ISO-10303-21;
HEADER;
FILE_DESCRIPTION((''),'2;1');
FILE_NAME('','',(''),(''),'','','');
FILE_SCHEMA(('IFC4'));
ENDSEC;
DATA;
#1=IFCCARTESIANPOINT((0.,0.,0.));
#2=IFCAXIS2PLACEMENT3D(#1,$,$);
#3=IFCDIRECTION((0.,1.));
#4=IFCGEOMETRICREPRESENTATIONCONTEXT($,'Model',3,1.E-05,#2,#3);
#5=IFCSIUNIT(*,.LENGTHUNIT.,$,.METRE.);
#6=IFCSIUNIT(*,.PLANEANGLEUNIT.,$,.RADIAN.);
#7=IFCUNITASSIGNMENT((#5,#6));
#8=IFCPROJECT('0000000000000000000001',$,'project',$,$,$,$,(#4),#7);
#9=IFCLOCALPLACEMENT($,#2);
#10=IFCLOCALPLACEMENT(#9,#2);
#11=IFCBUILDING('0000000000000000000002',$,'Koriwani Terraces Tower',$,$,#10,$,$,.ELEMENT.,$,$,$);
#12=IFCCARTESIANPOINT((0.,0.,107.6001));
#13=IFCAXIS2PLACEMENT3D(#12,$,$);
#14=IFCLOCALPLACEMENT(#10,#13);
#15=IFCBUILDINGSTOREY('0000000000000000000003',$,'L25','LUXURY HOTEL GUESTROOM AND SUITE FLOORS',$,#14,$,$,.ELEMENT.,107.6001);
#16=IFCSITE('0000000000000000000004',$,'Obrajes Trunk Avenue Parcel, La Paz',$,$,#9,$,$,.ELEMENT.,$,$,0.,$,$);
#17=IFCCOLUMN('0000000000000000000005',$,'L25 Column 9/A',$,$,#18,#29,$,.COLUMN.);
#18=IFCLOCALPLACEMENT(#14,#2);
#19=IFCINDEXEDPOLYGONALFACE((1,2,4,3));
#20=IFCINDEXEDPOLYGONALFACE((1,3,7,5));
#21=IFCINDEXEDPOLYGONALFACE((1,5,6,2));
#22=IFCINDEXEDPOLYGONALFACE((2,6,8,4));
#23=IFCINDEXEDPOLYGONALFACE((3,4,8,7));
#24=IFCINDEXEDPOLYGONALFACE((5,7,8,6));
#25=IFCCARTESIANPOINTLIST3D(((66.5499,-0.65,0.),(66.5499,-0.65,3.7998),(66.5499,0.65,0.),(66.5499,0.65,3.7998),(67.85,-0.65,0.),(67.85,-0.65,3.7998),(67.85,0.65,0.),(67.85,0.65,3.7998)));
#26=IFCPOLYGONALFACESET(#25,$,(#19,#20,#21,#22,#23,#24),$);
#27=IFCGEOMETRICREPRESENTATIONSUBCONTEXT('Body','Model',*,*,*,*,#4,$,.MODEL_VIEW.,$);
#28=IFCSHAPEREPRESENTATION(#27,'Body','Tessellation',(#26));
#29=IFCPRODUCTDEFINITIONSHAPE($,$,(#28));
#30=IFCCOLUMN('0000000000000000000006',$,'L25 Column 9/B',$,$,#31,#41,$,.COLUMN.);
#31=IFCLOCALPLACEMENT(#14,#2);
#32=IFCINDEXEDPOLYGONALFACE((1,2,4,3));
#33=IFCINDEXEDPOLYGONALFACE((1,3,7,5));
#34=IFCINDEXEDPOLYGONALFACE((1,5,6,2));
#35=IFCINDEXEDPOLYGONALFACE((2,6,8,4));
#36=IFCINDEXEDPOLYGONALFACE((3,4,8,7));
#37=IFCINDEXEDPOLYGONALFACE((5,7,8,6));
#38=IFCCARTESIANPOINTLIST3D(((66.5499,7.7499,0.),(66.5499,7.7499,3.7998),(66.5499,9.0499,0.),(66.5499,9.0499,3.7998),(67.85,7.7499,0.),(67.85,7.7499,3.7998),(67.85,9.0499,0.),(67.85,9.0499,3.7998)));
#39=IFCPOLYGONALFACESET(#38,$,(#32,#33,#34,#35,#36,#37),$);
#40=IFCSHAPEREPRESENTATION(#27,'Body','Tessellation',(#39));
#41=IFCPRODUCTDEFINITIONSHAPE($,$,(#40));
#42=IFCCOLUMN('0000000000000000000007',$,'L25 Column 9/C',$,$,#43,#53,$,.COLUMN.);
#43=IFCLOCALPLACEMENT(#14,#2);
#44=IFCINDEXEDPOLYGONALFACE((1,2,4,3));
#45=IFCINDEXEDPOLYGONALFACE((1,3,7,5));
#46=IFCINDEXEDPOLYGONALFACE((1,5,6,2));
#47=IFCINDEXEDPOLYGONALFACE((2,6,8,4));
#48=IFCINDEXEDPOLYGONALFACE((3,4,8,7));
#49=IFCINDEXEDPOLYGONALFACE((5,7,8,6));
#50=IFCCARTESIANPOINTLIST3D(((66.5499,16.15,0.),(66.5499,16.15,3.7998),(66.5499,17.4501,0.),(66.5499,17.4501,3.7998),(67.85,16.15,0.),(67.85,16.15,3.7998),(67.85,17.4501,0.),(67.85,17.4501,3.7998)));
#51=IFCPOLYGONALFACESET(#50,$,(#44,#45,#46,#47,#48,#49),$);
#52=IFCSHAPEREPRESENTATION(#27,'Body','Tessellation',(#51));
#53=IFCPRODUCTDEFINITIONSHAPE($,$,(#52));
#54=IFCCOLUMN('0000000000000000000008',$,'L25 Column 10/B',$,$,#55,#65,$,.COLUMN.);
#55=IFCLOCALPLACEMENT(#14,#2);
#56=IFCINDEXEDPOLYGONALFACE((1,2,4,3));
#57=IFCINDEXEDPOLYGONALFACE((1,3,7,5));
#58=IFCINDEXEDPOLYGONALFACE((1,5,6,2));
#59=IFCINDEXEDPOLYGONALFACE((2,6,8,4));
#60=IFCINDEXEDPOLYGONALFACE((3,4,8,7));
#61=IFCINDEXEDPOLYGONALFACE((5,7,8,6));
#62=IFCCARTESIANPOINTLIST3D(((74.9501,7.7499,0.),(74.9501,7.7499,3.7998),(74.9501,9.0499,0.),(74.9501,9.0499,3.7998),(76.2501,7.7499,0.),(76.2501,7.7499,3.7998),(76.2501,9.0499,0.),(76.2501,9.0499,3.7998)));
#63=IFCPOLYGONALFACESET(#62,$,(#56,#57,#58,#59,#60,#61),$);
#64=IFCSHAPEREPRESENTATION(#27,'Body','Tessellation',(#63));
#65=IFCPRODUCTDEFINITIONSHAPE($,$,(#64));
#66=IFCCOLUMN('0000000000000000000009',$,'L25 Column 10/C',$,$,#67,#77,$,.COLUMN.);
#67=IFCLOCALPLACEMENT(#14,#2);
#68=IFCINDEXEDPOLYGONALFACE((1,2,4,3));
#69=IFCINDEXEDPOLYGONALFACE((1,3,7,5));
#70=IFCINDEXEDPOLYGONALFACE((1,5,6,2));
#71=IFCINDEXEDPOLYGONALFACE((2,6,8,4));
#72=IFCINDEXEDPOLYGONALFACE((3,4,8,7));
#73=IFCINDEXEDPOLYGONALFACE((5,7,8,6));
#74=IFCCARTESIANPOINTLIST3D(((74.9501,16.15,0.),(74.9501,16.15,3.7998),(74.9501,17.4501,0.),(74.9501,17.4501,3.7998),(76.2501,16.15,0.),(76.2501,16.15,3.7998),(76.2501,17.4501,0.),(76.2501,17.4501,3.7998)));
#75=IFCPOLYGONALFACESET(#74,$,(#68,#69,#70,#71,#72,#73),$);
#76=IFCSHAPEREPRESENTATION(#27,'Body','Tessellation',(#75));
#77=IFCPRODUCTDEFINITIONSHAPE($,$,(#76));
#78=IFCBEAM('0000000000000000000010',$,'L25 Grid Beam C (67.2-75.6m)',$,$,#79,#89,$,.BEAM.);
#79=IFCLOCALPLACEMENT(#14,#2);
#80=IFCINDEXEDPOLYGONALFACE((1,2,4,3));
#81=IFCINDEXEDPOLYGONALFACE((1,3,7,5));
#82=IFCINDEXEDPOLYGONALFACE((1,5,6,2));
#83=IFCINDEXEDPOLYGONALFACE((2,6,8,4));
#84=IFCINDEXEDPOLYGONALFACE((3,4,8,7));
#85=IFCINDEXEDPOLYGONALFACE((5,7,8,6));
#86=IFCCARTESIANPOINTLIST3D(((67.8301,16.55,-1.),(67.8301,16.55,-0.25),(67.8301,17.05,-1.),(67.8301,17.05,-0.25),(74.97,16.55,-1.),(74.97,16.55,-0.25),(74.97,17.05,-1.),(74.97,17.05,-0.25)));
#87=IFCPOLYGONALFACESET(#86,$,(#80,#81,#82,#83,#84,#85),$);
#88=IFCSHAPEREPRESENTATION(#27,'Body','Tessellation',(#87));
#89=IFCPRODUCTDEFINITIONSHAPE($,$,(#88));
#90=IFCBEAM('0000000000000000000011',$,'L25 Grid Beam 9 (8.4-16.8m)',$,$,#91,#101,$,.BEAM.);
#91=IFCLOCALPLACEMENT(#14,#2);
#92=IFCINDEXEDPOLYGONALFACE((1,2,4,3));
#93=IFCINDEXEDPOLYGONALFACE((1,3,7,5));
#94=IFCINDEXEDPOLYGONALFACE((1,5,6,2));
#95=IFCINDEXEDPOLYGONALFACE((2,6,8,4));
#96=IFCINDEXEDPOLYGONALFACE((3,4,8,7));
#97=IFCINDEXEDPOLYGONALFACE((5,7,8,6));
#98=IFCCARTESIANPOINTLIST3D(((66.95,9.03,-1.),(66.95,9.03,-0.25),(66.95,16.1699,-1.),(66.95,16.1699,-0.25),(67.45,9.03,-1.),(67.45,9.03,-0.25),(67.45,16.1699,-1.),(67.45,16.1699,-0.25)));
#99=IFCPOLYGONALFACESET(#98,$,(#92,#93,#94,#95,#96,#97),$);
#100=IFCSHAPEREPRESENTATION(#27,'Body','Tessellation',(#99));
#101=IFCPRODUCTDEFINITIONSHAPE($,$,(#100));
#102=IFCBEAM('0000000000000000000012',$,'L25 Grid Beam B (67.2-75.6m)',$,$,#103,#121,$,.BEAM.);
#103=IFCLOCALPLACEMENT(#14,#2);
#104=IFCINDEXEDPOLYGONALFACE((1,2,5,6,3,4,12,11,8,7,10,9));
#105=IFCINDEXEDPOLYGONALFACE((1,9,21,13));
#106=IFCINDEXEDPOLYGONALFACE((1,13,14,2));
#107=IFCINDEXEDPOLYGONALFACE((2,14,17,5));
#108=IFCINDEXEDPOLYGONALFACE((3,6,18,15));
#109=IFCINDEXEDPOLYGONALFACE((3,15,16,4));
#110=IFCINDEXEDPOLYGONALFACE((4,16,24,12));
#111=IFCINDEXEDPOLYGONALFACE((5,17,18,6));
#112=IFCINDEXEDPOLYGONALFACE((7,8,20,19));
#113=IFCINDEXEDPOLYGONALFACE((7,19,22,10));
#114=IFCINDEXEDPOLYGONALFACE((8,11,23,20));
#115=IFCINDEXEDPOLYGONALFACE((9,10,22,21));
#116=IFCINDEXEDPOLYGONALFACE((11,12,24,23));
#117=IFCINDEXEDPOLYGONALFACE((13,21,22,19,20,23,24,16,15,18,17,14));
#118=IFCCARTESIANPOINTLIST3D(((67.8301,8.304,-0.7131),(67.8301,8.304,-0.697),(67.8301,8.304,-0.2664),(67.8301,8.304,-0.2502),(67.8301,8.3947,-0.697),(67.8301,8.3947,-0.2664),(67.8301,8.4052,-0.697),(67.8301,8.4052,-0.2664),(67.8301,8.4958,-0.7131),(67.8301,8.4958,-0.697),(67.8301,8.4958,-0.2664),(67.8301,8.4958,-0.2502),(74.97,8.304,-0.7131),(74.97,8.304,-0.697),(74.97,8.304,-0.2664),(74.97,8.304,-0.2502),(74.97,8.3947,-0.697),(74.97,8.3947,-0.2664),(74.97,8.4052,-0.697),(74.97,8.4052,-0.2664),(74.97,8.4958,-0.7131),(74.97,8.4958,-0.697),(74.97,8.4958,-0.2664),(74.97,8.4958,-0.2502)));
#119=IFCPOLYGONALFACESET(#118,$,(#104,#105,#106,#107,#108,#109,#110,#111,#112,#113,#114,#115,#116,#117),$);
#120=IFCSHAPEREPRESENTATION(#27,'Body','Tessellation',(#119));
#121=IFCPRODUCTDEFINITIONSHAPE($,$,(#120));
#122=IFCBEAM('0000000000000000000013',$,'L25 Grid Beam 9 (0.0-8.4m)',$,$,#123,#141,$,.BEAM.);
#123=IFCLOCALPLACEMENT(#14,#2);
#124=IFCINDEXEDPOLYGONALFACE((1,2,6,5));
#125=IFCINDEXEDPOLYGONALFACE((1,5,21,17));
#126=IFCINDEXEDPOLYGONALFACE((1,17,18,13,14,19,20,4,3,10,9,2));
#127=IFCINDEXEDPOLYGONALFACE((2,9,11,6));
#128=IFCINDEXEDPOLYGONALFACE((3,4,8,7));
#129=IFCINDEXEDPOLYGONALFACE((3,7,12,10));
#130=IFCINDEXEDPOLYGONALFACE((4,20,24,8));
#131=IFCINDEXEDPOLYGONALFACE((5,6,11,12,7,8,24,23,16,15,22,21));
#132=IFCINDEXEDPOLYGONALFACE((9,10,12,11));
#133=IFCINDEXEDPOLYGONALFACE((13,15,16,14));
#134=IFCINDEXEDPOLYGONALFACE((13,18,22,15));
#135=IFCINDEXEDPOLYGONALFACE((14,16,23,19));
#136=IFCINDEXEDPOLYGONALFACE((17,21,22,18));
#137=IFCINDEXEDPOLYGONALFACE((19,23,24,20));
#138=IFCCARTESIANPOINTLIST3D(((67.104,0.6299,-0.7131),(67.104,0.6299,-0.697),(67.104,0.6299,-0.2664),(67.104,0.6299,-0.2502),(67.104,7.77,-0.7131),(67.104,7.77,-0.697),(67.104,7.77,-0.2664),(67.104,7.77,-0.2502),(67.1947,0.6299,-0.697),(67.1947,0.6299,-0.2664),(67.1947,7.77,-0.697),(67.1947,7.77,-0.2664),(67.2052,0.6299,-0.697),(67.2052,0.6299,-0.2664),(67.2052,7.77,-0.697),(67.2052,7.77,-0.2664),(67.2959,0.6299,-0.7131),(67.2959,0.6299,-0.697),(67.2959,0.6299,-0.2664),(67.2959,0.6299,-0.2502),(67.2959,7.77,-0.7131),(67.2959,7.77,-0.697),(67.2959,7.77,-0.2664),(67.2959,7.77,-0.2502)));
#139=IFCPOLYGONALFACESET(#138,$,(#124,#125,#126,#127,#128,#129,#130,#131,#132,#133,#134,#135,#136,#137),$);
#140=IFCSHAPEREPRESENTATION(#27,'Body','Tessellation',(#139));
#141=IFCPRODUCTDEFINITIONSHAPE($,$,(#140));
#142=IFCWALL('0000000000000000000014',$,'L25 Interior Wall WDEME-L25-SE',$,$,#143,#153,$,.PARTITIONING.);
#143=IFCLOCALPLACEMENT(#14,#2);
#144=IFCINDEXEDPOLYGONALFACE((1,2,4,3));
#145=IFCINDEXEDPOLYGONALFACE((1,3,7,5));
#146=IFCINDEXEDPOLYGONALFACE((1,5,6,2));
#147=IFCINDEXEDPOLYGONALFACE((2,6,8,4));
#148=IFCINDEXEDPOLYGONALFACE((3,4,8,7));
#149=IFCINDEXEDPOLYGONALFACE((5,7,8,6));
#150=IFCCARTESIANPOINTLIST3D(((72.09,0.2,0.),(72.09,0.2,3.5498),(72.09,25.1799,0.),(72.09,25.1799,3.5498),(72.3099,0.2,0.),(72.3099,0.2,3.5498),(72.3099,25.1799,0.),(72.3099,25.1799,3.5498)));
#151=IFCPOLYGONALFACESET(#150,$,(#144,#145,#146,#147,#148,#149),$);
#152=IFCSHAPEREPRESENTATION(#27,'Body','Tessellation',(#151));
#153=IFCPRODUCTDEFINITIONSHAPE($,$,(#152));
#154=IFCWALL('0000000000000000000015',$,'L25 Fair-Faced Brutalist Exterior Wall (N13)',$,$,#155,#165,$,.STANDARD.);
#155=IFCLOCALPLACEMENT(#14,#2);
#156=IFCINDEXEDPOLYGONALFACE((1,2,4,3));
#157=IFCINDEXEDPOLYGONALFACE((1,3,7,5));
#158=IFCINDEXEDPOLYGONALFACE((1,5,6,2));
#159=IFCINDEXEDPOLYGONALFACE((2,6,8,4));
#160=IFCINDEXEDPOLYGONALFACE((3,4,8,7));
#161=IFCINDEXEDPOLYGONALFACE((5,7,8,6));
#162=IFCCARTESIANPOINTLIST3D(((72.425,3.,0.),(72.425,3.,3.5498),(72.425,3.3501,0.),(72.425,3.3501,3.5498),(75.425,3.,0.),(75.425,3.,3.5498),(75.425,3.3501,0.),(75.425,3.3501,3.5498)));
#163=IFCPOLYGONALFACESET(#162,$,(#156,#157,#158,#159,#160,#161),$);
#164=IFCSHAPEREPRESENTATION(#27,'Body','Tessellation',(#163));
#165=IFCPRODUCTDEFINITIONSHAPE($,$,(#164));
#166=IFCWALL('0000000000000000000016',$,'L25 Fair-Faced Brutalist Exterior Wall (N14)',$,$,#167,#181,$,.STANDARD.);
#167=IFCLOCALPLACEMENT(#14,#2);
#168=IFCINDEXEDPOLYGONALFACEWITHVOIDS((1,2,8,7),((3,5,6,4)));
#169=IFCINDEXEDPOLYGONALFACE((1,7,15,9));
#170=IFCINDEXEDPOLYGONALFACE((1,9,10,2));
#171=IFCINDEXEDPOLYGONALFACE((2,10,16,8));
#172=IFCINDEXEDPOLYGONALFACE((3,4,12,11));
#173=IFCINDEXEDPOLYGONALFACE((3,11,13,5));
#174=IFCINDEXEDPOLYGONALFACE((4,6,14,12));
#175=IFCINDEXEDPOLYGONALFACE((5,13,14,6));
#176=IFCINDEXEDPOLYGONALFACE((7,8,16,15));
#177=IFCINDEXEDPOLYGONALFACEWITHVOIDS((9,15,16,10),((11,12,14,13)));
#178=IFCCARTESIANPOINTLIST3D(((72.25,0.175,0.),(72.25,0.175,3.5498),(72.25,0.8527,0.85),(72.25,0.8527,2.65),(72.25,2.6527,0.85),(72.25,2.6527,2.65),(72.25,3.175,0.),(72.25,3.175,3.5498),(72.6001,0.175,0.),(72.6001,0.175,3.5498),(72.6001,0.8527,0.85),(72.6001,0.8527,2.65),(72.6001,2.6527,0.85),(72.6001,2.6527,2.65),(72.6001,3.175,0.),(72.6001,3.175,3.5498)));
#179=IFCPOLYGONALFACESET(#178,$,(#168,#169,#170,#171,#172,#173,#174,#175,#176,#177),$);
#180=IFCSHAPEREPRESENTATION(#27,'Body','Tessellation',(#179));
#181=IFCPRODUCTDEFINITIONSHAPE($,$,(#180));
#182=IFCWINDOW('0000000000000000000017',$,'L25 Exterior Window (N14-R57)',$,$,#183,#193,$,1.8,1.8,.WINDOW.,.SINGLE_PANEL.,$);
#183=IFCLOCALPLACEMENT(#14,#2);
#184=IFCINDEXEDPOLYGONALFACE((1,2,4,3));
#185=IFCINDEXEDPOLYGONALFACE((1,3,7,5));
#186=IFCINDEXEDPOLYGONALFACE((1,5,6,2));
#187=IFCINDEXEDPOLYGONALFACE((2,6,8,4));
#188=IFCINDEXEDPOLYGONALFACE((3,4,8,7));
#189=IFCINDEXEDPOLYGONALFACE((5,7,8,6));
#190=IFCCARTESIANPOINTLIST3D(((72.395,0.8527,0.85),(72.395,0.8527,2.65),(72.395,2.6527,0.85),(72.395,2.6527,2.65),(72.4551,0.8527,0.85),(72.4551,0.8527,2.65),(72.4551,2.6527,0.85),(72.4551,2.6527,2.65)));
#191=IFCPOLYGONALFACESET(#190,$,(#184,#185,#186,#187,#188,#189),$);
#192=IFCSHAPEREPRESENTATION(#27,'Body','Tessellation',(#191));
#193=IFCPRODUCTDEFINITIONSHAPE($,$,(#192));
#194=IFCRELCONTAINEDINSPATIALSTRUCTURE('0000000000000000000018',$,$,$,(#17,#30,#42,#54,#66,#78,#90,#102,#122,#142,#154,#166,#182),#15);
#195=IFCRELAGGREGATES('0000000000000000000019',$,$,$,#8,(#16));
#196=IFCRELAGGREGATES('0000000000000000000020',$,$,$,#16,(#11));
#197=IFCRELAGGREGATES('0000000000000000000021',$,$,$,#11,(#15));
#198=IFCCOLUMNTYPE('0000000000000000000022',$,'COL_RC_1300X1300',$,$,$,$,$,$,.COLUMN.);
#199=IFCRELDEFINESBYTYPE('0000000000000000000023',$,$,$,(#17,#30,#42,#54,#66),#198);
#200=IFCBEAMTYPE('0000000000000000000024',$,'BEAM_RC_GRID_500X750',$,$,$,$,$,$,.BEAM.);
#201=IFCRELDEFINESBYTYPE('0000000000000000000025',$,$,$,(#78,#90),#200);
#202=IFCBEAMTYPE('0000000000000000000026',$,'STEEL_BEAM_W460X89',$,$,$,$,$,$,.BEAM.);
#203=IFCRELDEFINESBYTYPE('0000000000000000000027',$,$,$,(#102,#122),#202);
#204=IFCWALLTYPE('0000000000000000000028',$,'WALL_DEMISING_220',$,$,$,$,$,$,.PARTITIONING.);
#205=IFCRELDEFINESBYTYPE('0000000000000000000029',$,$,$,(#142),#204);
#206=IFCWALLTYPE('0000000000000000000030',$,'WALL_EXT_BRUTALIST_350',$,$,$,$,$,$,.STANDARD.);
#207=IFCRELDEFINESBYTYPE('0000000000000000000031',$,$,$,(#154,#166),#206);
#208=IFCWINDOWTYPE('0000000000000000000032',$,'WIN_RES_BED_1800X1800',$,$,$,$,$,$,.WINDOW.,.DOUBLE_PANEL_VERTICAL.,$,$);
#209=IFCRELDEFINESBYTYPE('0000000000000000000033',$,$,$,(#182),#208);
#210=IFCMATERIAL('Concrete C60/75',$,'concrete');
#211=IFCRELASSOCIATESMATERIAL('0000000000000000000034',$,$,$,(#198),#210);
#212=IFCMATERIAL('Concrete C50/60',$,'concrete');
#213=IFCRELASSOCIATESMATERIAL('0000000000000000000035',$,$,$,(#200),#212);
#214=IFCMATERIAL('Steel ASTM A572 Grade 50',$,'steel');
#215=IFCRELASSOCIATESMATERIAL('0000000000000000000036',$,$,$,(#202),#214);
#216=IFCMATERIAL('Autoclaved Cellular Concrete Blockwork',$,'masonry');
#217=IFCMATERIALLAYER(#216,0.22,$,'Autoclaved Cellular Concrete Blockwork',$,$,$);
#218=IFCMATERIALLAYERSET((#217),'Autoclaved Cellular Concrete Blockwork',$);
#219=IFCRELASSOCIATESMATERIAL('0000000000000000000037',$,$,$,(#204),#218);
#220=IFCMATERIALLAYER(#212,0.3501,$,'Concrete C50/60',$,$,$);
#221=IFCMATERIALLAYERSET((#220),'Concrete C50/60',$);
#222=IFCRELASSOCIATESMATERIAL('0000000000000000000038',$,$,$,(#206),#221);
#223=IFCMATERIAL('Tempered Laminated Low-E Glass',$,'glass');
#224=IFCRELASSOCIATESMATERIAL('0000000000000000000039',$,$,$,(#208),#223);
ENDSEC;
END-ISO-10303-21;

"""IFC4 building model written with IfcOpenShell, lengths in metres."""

from ifc_helpers import new_model, si_unit, direction, frame, frame_2d, origin, origin_2d, place, context, subcontext, project, spatial, rectangle, i_section, extrude, material, layer, layer_set, material_profile, profile_set, type_object, element, fill, save


model = new_model("IFC4")

# Units and contexts
model_context = context("Model", 3, precision=1e-05, world=origin(), true_north=direction((0.0, 1.0)))
body_context = subcontext(model_context, "Body", "Model", "MODEL_VIEW")
ifc_project = project(units=[si_unit("LENGTHUNIT", "METRE"), si_unit("PLANEANGLEUNIT", "RADIAN")], contexts=[model_context])

# Site, building, storey
site_placement = place(None, origin())
site = spatial("IfcSite", under=ifc_project, at=site_placement, Name="Obrajes Trunk Avenue Parcel, La Paz", CompositionType="ELEMENT", RefElevation=0.0)
building_placement = place(site_placement, origin())
building = spatial("IfcBuilding", under=site, at=building_placement, Name="Koriwani Terraces Tower", CompositionType="ELEMENT")
storey_placement = place(building_placement, frame((0.0, 0.0, 107.6001)))
storey = spatial("IfcBuildingStorey", under=building, at=storey_placement, Name="L25", Description="LUXURY HOTEL GUESTROOM AND SUITE FLOORS", CompositionType="ELEMENT", Elevation=107.6001)

# Columns
ifc_material_1 = material(Name="Concrete C60/75", Category="concrete")
ifc_material_profile_1 = material_profile(ifc_material_1, rectangle(XDim=1.3, YDim=1.3, at=origin_2d()), Name="Concrete C60/75", Category="LoadBearing")
ifc_profile_set_1 = profile_set([ifc_material_profile_1], Name="Concrete C60/75")
column_type = type_object("IfcColumnType", Name="COL_RC_1300X1300", PredefinedType="COLUMN", material=ifc_profile_set_1)
for number, where, z_axis, x_axis, name in (
    (1, (67.2, 0.0, 0.0), (0.0, 0.0, 1.0), (1.0, 0.0, 0.0), "L25 Column 9/A"),
    (2, (67.2, 8.3999, 0.0), (0.0, 0.0, 1.0), (1.0, 0.0, 0.0), "L25 Column 9/B"),
    (3, (67.2, 16.8, 0.0), (0.0, 0.0, 1.0), (1.0, 0.0, 0.0), "L25 Column 9/C"),
    (4, (75.6001, 8.3999, 0.0), (0.0, 0.0, 1.0), (1.0, 0.0, 0.0), "L25 Column 10/B"),
    (5, (75.6001, 16.8, 0.0), (0.0, 0.0, 1.0), (1.0, 0.0, 0.0), "L25 Column 10/C"),
):
    element("IfcColumn", number, at=place(storey_placement, frame(where, z_axis=z_axis, x_axis=x_axis)), inside=storey, type_object=column_type, Name=name, PredefinedType="COLUMN", context=body_context, shape_type="SweptSolid", body=[
        extrude(rectangle(XDim=1.3, YDim=1.3, at=origin_2d()), origin(), (0.0, 0.0, 1.0), 3.7998),
    ])

# Beams
ifc_material_2 = material(Name="Concrete C50/60", Category="concrete")
ifc_material_profile_2 = material_profile(ifc_material_2, rectangle(XDim=0.5, YDim=0.75, at=origin_2d()), Name="Concrete C50/60", Category="LoadBearing")
ifc_profile_set_2 = profile_set([ifc_material_profile_2], Name="Concrete C50/60")
beam_type_1 = type_object("IfcBeamType", Name="BEAM_RC_GRID_500X750", PredefinedType="BEAM", material=ifc_profile_set_2)
for number, where, z_axis, x_axis, name in (
    (6, (67.8301, 16.8, -0.625), (1.0, 0.0, 0.0), (0.0, 1.0, 0.0), "L25 Grid Beam C (67.2-75.6m)"),
    (7, (67.2, 9.03, -0.625), (0.0, 1.0, 0.0), (-1.0, 0.0, 0.0), "L25 Grid Beam 9 (8.4-16.8m)"),
):
    element("IfcBeam", number, at=place(storey_placement, frame(where, z_axis=z_axis, x_axis=x_axis)), inside=storey, type_object=beam_type_1, Name=name, PredefinedType="BEAM", context=body_context, shape_type="SweptSolid", body=[
        extrude(rectangle(XDim=0.5, YDim=0.75, at=origin_2d()), origin(), (0.0, 0.0, 1.0), 7.1399),
    ])
ifc_material_3 = material(Name="Steel ASTM A572 Grade 50", Category="steel")
ifc_material_profile_3 = material_profile(ifc_material_3, i_section(OverallWidth=0.1919, OverallDepth=0.4629, WebThickness=0.0105, FlangeThickness=0.0161, at=origin_2d()), Name="Steel ASTM A572 Grade 50", Category="LoadBearing")
ifc_profile_set_3 = profile_set([ifc_material_profile_3], Name="Steel ASTM A572 Grade 50")
beam_type_2 = type_object("IfcBeamType", Name="STEEL_BEAM_W460X89", PredefinedType="BEAM", material=ifc_profile_set_3)
beam_1_placement = place(storey_placement, frame((67.8301, 8.3999, -0.4817), z_axis=(1.0, 0.0, 0.0), x_axis=(0.0, 1.0, 0.0)))
element("IfcBeam", 8, at=beam_1_placement, inside=storey, type_object=beam_type_2, Name="L25 Grid Beam B (67.2-75.6m)", PredefinedType="BEAM", context=body_context, shape_type="SweptSolid", body=[
    extrude(i_section(OverallWidth=0.1919, OverallDepth=0.4629, WebThickness=0.0105, FlangeThickness=0.0161, at=origin_2d()), origin(), (0.0, 0.0, 1.0), 7.1399),
])
beam_2_placement = place(storey_placement, frame((67.2, 0.6299, -0.4817), z_axis=(0.0, 1.0, 0.0), x_axis=(-1.0, 0.0, 0.0)))
element("IfcBeam", 9, at=beam_2_placement, inside=storey, type_object=beam_type_2, Name="L25 Grid Beam 9 (0.0-8.4m)", PredefinedType="BEAM", context=body_context, shape_type="SweptSolid", body=[
    extrude(i_section(OverallWidth=0.1919, OverallDepth=0.4629, WebThickness=0.0105, FlangeThickness=0.0161, at=origin_2d()), origin(), (0.0, 0.0, 1.0), 7.1401),
])

# Walls
ifc_material_4 = material(Name="Autoclaved Cellular Concrete Blockwork", Category="masonry")
ifc_layer_1 = layer(ifc_material_4, 0.22, Name="Autoclaved Cellular Concrete Blockwork")
ifc_layer_set_1 = layer_set([ifc_layer_1], Name="Autoclaved Cellular Concrete Blockwork")
wall_type_1 = type_object("IfcWallType", Name="WALL_DEMISING_220", PredefinedType="PARTITIONING", material=ifc_layer_set_1)
wall_1_placement = place(storey_placement, frame((72.2, 0.2, 0.0), z_axis=(0.0, 0.0, 1.0), x_axis=(0.0, 1.0, 0.0)))
element("IfcWall", 10, at=wall_1_placement, inside=storey, type_object=wall_type_1, Name="L25 Interior Wall WDEME-L25-SE", PredefinedType="PARTITIONING", context=body_context, shape_type="SweptSolid", body=[
    extrude(rectangle(XDim=24.98, YDim=0.22, at=frame_2d((12.49, 0.0))), origin(), (0.0, 0.0, 1.0), 3.5498),
])
ifc_layer_2 = layer(ifc_material_2, 0.3501, Name="Concrete C50/60")
ifc_layer_set_2 = layer_set([ifc_layer_2], Name="Concrete C50/60")
wall_type_2 = type_object("IfcWallType", Name="WALL_EXT_BRUTALIST_350", PredefinedType="STANDARD", material=ifc_layer_set_2)
wall_2_placement = place(storey_placement, frame((75.425, 3.175, 0.0), z_axis=(0.0, 0.0, 1.0), x_axis=(-1.0, 0.0, 0.0)))
element("IfcWall", 11, at=wall_2_placement, inside=storey, type_object=wall_type_2, Name="L25 Fair-Faced Brutalist Exterior Wall (N13)", PredefinedType="STANDARD", context=body_context, shape_type="SweptSolid", body=[
    extrude(rectangle(XDim=3.0, YDim=0.3501, at=frame_2d((1.5, 0.0))), origin(), (0.0, 0.0, 1.0), 3.5498),
])

# Wall, opening, window
wall_3_placement = place(storey_placement, frame((72.425, 3.175, 0.0), z_axis=(0.0, 0.0, 1.0), x_axis=(0.0, -1.0, 0.0)))
wall_3 = element("IfcWall", 12, at=wall_3_placement, inside=storey, type_object=wall_type_2, Name="L25 Fair-Faced Brutalist Exterior Wall (N14)", PredefinedType="STANDARD", context=body_context, shape_type="SweptSolid", body=[
    extrude(rectangle(XDim=3.0, YDim=0.3501, at=frame_2d((1.5, 0.0))), origin(), (0.0, 0.0, 1.0), 3.5498),
])
opening_1_placement = place(wall_3_placement, frame((0.5225, 0.0, 0.8501)))
opening_1 = element("IfcOpeningElement", 13, at=opening_1_placement, cuts=wall_3, PredefinedType="OPENING", context=body_context, shape_type="SweptSolid", body=[
    extrude(rectangle(XDim=1.8, YDim=1.8, at=frame_2d((0.8999, 0.8999))), frame((0.0, 0.1851, 0.0), z_axis=(0.0, -1.0, 0.0), x_axis=(1.0, 0.0, 0.0)), (0.0, 0.0, 1.0), 0.3701),
])
ifc_material_5 = material(Name="Tempered Laminated Low-E Glass", Category="glass")
window_type_1 = type_object("IfcWindowType", Name="WIN_RES_BED_1800X1800", PartitioningType="DOUBLE_PANEL_VERTICAL", PredefinedType="WINDOW", material=ifc_material_5)
window_1_placement = place(opening_1_placement, origin())
window_1 = element("IfcWindow", 14, at=window_1_placement, inside=storey, type_object=window_type_1, Name="L25 Exterior Window (N14-R57)", OverallHeight=1.8, OverallWidth=1.8, PartitioningType="SINGLE_PANEL", PredefinedType="WINDOW", context=body_context, shape_type="SweptSolid", body=[
    extrude(rectangle(XDim=1.8, YDim=1.8, at=frame_2d((0.8999, 0.8999))), frame((0.0, 0.03, 0.0), z_axis=(0.0, -1.0, 0.0), x_axis=(1.0, 0.0, 0.0)), (0.0, 0.0, 1.0), 0.0601),
])
fill(opening_1, window_1)

save(model, "model.ifc")
